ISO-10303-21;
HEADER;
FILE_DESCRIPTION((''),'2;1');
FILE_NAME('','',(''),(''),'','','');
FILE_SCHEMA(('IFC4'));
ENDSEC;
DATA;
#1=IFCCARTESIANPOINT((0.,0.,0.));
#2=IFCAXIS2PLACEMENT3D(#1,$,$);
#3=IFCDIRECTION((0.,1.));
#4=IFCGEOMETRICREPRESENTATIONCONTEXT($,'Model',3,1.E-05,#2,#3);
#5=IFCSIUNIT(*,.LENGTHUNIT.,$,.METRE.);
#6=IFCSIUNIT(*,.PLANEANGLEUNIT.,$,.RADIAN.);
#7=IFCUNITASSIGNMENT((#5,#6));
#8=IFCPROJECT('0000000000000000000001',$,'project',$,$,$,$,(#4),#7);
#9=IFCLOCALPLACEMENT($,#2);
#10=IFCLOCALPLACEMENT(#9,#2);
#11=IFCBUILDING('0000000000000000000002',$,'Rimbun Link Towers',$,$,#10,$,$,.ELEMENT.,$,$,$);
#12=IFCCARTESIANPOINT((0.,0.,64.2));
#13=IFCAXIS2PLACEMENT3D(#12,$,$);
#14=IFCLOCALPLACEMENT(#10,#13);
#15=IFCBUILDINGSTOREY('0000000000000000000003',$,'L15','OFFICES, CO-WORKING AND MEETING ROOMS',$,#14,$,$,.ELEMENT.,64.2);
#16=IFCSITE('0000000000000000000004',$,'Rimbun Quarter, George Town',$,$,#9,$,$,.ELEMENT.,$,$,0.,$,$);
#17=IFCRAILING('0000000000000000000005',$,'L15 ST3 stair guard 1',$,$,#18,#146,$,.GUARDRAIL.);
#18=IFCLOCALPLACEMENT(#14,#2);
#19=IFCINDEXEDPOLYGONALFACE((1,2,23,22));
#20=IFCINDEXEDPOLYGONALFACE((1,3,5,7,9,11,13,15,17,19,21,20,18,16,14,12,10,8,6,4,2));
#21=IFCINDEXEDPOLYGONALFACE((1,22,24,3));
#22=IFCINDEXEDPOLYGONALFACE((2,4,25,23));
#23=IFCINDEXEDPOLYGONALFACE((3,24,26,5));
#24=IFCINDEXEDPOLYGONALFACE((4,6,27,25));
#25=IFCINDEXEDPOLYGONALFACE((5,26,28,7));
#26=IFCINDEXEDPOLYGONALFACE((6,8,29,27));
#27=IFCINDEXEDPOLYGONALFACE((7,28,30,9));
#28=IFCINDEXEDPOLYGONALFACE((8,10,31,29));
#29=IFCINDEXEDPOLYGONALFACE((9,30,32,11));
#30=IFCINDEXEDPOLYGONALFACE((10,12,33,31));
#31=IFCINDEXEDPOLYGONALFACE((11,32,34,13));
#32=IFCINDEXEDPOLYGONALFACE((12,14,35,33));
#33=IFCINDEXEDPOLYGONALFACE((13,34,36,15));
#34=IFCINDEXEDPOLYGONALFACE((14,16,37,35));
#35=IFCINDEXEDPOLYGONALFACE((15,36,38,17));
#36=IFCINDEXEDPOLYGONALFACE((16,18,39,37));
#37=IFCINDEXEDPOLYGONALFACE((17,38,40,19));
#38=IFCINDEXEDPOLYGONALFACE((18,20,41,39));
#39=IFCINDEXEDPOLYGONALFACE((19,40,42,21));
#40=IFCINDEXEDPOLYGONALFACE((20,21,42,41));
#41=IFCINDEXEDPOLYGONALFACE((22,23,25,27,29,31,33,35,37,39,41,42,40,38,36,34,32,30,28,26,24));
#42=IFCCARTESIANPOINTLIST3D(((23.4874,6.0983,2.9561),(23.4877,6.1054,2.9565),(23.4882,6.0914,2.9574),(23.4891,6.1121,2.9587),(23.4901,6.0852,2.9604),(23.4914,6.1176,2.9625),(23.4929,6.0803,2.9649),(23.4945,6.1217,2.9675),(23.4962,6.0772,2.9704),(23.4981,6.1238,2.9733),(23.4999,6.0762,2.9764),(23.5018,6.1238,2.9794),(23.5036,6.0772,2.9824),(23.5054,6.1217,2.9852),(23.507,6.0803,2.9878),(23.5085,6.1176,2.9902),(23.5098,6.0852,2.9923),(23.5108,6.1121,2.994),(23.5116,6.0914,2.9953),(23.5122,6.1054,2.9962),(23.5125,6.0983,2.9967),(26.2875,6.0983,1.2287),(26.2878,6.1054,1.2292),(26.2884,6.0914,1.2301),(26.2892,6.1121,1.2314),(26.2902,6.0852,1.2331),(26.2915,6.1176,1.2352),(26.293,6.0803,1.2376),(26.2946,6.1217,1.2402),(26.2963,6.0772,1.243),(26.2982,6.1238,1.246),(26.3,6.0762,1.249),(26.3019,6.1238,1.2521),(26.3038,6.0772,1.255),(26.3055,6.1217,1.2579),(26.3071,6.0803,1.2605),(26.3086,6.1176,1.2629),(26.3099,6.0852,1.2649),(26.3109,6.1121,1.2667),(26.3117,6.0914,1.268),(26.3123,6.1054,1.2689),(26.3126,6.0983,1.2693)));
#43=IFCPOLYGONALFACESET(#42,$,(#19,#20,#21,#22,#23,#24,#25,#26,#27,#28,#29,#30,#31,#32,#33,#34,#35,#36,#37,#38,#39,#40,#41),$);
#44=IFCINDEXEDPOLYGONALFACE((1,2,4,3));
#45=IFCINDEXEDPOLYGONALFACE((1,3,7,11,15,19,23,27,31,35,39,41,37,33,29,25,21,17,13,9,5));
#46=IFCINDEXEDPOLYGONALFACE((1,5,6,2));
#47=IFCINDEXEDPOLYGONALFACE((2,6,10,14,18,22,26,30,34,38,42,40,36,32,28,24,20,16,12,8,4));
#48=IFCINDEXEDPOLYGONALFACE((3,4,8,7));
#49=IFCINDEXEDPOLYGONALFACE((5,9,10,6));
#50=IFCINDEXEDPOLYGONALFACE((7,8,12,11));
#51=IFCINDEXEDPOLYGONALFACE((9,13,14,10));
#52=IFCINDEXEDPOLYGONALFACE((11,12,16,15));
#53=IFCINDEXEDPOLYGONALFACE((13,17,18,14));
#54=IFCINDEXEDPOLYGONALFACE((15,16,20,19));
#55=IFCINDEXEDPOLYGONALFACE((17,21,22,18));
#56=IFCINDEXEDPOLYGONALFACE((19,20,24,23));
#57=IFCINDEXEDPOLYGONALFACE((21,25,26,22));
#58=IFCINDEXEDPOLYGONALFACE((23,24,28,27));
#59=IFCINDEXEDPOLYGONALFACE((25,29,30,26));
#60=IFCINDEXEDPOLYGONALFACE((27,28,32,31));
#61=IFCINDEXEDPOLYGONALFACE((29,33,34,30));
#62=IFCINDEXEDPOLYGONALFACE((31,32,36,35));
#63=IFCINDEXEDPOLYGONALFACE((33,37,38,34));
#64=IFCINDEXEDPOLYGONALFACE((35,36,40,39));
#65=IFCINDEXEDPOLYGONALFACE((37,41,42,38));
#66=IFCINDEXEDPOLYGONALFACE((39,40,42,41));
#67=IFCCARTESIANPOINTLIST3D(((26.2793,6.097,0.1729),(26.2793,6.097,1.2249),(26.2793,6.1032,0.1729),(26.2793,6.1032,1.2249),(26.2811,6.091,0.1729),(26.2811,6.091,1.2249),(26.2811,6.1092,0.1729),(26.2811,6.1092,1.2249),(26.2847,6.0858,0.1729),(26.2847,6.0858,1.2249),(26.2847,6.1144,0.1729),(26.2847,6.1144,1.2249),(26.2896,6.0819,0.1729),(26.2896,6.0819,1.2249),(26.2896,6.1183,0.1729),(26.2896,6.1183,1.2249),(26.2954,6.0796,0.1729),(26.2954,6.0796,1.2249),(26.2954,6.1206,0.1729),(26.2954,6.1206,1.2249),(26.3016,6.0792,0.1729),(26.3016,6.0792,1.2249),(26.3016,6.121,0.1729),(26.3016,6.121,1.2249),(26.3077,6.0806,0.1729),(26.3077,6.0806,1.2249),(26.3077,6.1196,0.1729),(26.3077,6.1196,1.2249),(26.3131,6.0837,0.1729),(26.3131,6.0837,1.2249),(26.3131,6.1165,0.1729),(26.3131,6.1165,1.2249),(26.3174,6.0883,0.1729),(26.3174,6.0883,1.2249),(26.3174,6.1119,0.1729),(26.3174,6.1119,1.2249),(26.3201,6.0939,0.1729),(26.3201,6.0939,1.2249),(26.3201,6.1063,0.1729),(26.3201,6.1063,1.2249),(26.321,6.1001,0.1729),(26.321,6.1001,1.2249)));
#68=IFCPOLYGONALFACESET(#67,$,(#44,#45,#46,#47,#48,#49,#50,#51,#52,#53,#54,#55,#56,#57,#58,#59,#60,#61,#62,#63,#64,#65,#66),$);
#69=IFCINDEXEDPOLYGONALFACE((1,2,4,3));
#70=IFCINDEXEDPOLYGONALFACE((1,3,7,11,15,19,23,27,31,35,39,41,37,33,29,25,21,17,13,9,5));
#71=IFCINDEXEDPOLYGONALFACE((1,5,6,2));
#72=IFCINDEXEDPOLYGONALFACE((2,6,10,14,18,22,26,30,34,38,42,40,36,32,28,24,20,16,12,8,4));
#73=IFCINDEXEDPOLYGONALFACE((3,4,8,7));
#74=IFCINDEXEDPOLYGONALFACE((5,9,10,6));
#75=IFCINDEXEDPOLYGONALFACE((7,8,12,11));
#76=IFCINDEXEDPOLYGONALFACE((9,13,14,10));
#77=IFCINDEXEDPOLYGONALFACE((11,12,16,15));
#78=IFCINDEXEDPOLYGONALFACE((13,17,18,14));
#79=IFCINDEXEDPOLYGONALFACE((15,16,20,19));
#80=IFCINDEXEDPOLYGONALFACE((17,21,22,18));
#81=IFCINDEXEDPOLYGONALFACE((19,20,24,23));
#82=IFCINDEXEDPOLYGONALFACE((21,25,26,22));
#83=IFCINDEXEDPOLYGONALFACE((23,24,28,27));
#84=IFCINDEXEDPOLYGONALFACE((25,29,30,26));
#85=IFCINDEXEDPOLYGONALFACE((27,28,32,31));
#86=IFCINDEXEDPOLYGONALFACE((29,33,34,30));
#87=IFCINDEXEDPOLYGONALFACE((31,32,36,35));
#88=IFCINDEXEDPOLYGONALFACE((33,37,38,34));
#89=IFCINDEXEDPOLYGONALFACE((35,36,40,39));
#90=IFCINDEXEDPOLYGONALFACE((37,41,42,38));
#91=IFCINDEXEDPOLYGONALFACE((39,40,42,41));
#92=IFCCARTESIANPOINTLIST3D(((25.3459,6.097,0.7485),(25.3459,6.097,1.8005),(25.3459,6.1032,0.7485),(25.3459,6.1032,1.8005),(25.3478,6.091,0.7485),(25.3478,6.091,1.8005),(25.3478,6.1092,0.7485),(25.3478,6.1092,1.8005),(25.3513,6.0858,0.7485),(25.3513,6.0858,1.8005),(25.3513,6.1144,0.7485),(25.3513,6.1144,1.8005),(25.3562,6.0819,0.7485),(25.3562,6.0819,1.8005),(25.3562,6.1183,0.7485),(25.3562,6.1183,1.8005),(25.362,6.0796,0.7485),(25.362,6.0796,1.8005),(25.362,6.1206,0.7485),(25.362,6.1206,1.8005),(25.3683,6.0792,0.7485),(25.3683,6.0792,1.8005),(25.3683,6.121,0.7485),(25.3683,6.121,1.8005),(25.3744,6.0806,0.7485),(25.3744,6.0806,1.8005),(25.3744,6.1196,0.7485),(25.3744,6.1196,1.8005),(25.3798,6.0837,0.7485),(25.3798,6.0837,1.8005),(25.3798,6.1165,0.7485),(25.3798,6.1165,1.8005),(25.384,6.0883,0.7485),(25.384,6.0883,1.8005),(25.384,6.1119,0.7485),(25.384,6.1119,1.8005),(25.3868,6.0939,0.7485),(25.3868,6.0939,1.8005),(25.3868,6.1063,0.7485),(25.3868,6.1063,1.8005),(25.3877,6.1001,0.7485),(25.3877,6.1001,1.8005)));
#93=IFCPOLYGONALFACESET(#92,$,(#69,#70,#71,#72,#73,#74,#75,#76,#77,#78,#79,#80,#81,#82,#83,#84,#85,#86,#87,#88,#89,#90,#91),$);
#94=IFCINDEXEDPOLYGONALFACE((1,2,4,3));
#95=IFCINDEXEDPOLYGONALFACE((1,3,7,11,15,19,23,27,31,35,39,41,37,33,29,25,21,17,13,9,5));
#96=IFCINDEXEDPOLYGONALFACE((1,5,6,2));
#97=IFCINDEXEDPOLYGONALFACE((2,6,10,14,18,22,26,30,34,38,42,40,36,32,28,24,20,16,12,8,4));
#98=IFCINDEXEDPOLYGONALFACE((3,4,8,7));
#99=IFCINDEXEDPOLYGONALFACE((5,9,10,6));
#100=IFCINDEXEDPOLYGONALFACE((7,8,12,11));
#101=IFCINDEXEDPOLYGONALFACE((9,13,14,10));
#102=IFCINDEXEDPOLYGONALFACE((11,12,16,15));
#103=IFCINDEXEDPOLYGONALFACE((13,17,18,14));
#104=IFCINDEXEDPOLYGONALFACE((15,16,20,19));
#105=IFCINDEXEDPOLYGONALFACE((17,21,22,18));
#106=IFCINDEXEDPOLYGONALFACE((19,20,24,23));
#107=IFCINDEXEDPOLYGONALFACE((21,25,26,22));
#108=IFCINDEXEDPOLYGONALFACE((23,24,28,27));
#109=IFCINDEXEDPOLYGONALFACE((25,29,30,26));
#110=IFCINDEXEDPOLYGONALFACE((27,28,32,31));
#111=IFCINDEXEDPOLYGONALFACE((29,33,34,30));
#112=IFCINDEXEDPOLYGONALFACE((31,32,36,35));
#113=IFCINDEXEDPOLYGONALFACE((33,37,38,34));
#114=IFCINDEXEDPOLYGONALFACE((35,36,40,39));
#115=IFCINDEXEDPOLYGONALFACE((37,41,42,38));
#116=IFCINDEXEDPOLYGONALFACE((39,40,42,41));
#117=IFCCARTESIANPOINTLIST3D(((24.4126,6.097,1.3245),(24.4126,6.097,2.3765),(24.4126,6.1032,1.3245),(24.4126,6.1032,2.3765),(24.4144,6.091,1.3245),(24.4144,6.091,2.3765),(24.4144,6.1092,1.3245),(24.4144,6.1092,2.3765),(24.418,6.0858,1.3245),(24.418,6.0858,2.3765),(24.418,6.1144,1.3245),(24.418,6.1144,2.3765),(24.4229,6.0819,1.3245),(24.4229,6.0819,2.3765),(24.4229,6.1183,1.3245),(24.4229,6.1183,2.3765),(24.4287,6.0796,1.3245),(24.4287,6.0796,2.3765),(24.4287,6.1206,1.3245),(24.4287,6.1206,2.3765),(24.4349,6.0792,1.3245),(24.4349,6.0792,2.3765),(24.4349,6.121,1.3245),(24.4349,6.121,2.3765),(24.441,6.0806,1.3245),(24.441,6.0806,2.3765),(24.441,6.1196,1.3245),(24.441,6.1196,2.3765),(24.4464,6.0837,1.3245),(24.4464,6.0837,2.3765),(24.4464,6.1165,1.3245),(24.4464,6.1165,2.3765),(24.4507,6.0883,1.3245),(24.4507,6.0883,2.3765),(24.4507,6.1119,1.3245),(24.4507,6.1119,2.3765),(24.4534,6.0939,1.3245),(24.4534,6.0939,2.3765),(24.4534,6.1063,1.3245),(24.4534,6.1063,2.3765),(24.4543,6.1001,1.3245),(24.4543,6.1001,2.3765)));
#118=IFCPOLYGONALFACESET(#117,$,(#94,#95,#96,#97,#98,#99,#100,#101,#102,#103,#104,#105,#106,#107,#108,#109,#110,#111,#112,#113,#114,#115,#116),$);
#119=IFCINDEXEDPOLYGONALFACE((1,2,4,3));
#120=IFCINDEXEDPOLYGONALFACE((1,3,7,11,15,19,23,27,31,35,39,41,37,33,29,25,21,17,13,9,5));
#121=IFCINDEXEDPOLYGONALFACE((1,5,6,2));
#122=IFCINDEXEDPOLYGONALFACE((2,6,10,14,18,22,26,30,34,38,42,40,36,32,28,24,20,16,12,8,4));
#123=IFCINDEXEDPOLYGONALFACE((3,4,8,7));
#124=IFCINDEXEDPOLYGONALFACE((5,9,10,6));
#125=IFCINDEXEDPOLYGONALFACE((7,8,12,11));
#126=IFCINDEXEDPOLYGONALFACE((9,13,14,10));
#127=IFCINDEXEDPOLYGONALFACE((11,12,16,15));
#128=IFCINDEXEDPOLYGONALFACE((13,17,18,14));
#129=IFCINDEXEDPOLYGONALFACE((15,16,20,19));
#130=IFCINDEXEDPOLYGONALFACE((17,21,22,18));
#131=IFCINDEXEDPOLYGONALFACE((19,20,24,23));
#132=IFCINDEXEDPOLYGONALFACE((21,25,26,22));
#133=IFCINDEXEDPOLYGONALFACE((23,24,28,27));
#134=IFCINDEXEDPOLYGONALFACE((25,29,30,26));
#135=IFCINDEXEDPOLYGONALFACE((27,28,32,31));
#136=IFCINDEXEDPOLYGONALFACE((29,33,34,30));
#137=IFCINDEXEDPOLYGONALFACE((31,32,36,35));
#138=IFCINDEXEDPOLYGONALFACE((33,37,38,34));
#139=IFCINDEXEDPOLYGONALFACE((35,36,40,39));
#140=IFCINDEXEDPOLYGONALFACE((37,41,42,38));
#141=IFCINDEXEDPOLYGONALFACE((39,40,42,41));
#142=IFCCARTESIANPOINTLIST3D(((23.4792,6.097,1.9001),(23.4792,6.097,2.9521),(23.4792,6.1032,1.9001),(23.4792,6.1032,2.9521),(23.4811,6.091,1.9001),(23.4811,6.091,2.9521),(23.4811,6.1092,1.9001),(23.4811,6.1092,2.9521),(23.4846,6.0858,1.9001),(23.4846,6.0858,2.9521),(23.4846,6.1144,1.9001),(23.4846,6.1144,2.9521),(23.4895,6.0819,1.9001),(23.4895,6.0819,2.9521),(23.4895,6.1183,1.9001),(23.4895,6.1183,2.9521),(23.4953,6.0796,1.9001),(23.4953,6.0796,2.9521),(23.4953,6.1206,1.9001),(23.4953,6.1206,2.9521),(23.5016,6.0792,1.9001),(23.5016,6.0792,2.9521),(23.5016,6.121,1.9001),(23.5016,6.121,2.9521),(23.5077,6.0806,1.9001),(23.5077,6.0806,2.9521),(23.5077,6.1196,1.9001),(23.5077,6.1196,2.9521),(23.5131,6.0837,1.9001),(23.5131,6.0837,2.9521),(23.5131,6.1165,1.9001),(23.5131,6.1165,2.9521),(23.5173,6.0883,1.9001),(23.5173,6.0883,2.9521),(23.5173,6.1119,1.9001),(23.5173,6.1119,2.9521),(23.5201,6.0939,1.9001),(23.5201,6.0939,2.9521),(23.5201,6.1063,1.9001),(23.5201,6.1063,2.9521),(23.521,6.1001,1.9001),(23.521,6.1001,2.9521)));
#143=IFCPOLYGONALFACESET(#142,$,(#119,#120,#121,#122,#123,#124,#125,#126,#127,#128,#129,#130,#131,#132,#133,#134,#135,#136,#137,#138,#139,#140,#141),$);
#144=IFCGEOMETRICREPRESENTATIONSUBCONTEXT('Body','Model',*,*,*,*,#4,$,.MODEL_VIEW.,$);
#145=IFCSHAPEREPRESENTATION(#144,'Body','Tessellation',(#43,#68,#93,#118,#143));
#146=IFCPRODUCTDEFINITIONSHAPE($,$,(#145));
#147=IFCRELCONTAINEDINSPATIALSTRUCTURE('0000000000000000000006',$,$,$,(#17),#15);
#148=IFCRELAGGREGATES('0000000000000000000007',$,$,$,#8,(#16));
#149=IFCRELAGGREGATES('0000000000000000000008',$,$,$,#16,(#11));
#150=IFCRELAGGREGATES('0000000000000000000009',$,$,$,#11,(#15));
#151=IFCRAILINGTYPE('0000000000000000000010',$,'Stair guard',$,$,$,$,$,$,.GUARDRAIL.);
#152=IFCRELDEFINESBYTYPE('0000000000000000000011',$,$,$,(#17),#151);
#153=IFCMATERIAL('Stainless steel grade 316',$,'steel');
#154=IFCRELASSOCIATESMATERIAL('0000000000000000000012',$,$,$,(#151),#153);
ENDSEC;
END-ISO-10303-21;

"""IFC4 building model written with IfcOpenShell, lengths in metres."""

from ifc_helpers import new_model, si_unit, direction, frame, origin, origin_2d, place, context, subcontext, project, spatial, circle, extrude, material, type_object, element, save


model = new_model("IFC4")

# Units and contexts
model_context = context("Model", 3, precision=1e-05, world=origin(), true_north=direction((0.0, 1.0)))
body_context = subcontext(model_context, "Body", "Model", "MODEL_VIEW")
ifc_project = project(units=[si_unit("LENGTHUNIT", "METRE"), si_unit("PLANEANGLEUNIT", "RADIAN")], contexts=[model_context])

# Site, building, storey
site_placement = place(None, origin())
site = spatial("IfcSite", under=ifc_project, at=site_placement, Name="Rimbun Quarter, George Town", CompositionType="ELEMENT", RefElevation=0.0)
building_placement = place(site_placement, origin())
building = spatial("IfcBuilding", under=site, at=building_placement, Name="Rimbun Link Towers", CompositionType="ELEMENT")
storey_placement = place(building_placement, frame((0.0, 0.0, 64.2)))
storey = spatial("IfcBuildingStorey", under=building, at=storey_placement, Name="L15", Description="OFFICES, CO-WORKING AND MEETING ROOMS", CompositionType="ELEMENT", Elevation=64.2)

# Railing
ifc_material_1 = material(Name="Stainless steel grade 316", Category="steel")
railing_type_1 = type_object("IfcRailingType", Name="Stair guard", PredefinedType="GUARDRAIL", material=ifc_material_1)
railing_1_placement = place(storey_placement, frame((26.3, 6.1001, 0.1729)))
element("IfcRailing", 1, at=railing_1_placement, inside=storey, type_object=railing_type_1, Name="L15 ST3 stair guard 1", PredefinedType="GUARDRAIL", context=body_context, shape_type="SweptSolid", body=[
    extrude(circle(Radius=0.0239, at=origin_2d()), frame((0.0, 0.0, 1.0762), z_axis=(-0.85109, 0.0, 0.52502), x_axis=(0.0, -1.0, 0.0)), (0.0, 0.0, 1.0), 3.29),
    extrude(circle(Radius=0.021, at=origin_2d()), origin(), (0.0, 0.0, 1.0), 1.052),
    extrude(circle(Radius=0.021, at=origin_2d()), frame((-0.9333, 0.0, 0.5757)), (0.0, 0.0, 1.0), 1.052),
    extrude(circle(Radius=0.021, at=origin_2d()), frame((-1.8667, 0.0, 1.1516)), (0.0, 0.0, 1.0), 1.052),
    extrude(circle(Radius=0.021, at=origin_2d()), frame((-2.8, 0.0, 1.7273)), (0.0, 0.0, 1.0), 1.052),
])

save(model, "model.ifc")
